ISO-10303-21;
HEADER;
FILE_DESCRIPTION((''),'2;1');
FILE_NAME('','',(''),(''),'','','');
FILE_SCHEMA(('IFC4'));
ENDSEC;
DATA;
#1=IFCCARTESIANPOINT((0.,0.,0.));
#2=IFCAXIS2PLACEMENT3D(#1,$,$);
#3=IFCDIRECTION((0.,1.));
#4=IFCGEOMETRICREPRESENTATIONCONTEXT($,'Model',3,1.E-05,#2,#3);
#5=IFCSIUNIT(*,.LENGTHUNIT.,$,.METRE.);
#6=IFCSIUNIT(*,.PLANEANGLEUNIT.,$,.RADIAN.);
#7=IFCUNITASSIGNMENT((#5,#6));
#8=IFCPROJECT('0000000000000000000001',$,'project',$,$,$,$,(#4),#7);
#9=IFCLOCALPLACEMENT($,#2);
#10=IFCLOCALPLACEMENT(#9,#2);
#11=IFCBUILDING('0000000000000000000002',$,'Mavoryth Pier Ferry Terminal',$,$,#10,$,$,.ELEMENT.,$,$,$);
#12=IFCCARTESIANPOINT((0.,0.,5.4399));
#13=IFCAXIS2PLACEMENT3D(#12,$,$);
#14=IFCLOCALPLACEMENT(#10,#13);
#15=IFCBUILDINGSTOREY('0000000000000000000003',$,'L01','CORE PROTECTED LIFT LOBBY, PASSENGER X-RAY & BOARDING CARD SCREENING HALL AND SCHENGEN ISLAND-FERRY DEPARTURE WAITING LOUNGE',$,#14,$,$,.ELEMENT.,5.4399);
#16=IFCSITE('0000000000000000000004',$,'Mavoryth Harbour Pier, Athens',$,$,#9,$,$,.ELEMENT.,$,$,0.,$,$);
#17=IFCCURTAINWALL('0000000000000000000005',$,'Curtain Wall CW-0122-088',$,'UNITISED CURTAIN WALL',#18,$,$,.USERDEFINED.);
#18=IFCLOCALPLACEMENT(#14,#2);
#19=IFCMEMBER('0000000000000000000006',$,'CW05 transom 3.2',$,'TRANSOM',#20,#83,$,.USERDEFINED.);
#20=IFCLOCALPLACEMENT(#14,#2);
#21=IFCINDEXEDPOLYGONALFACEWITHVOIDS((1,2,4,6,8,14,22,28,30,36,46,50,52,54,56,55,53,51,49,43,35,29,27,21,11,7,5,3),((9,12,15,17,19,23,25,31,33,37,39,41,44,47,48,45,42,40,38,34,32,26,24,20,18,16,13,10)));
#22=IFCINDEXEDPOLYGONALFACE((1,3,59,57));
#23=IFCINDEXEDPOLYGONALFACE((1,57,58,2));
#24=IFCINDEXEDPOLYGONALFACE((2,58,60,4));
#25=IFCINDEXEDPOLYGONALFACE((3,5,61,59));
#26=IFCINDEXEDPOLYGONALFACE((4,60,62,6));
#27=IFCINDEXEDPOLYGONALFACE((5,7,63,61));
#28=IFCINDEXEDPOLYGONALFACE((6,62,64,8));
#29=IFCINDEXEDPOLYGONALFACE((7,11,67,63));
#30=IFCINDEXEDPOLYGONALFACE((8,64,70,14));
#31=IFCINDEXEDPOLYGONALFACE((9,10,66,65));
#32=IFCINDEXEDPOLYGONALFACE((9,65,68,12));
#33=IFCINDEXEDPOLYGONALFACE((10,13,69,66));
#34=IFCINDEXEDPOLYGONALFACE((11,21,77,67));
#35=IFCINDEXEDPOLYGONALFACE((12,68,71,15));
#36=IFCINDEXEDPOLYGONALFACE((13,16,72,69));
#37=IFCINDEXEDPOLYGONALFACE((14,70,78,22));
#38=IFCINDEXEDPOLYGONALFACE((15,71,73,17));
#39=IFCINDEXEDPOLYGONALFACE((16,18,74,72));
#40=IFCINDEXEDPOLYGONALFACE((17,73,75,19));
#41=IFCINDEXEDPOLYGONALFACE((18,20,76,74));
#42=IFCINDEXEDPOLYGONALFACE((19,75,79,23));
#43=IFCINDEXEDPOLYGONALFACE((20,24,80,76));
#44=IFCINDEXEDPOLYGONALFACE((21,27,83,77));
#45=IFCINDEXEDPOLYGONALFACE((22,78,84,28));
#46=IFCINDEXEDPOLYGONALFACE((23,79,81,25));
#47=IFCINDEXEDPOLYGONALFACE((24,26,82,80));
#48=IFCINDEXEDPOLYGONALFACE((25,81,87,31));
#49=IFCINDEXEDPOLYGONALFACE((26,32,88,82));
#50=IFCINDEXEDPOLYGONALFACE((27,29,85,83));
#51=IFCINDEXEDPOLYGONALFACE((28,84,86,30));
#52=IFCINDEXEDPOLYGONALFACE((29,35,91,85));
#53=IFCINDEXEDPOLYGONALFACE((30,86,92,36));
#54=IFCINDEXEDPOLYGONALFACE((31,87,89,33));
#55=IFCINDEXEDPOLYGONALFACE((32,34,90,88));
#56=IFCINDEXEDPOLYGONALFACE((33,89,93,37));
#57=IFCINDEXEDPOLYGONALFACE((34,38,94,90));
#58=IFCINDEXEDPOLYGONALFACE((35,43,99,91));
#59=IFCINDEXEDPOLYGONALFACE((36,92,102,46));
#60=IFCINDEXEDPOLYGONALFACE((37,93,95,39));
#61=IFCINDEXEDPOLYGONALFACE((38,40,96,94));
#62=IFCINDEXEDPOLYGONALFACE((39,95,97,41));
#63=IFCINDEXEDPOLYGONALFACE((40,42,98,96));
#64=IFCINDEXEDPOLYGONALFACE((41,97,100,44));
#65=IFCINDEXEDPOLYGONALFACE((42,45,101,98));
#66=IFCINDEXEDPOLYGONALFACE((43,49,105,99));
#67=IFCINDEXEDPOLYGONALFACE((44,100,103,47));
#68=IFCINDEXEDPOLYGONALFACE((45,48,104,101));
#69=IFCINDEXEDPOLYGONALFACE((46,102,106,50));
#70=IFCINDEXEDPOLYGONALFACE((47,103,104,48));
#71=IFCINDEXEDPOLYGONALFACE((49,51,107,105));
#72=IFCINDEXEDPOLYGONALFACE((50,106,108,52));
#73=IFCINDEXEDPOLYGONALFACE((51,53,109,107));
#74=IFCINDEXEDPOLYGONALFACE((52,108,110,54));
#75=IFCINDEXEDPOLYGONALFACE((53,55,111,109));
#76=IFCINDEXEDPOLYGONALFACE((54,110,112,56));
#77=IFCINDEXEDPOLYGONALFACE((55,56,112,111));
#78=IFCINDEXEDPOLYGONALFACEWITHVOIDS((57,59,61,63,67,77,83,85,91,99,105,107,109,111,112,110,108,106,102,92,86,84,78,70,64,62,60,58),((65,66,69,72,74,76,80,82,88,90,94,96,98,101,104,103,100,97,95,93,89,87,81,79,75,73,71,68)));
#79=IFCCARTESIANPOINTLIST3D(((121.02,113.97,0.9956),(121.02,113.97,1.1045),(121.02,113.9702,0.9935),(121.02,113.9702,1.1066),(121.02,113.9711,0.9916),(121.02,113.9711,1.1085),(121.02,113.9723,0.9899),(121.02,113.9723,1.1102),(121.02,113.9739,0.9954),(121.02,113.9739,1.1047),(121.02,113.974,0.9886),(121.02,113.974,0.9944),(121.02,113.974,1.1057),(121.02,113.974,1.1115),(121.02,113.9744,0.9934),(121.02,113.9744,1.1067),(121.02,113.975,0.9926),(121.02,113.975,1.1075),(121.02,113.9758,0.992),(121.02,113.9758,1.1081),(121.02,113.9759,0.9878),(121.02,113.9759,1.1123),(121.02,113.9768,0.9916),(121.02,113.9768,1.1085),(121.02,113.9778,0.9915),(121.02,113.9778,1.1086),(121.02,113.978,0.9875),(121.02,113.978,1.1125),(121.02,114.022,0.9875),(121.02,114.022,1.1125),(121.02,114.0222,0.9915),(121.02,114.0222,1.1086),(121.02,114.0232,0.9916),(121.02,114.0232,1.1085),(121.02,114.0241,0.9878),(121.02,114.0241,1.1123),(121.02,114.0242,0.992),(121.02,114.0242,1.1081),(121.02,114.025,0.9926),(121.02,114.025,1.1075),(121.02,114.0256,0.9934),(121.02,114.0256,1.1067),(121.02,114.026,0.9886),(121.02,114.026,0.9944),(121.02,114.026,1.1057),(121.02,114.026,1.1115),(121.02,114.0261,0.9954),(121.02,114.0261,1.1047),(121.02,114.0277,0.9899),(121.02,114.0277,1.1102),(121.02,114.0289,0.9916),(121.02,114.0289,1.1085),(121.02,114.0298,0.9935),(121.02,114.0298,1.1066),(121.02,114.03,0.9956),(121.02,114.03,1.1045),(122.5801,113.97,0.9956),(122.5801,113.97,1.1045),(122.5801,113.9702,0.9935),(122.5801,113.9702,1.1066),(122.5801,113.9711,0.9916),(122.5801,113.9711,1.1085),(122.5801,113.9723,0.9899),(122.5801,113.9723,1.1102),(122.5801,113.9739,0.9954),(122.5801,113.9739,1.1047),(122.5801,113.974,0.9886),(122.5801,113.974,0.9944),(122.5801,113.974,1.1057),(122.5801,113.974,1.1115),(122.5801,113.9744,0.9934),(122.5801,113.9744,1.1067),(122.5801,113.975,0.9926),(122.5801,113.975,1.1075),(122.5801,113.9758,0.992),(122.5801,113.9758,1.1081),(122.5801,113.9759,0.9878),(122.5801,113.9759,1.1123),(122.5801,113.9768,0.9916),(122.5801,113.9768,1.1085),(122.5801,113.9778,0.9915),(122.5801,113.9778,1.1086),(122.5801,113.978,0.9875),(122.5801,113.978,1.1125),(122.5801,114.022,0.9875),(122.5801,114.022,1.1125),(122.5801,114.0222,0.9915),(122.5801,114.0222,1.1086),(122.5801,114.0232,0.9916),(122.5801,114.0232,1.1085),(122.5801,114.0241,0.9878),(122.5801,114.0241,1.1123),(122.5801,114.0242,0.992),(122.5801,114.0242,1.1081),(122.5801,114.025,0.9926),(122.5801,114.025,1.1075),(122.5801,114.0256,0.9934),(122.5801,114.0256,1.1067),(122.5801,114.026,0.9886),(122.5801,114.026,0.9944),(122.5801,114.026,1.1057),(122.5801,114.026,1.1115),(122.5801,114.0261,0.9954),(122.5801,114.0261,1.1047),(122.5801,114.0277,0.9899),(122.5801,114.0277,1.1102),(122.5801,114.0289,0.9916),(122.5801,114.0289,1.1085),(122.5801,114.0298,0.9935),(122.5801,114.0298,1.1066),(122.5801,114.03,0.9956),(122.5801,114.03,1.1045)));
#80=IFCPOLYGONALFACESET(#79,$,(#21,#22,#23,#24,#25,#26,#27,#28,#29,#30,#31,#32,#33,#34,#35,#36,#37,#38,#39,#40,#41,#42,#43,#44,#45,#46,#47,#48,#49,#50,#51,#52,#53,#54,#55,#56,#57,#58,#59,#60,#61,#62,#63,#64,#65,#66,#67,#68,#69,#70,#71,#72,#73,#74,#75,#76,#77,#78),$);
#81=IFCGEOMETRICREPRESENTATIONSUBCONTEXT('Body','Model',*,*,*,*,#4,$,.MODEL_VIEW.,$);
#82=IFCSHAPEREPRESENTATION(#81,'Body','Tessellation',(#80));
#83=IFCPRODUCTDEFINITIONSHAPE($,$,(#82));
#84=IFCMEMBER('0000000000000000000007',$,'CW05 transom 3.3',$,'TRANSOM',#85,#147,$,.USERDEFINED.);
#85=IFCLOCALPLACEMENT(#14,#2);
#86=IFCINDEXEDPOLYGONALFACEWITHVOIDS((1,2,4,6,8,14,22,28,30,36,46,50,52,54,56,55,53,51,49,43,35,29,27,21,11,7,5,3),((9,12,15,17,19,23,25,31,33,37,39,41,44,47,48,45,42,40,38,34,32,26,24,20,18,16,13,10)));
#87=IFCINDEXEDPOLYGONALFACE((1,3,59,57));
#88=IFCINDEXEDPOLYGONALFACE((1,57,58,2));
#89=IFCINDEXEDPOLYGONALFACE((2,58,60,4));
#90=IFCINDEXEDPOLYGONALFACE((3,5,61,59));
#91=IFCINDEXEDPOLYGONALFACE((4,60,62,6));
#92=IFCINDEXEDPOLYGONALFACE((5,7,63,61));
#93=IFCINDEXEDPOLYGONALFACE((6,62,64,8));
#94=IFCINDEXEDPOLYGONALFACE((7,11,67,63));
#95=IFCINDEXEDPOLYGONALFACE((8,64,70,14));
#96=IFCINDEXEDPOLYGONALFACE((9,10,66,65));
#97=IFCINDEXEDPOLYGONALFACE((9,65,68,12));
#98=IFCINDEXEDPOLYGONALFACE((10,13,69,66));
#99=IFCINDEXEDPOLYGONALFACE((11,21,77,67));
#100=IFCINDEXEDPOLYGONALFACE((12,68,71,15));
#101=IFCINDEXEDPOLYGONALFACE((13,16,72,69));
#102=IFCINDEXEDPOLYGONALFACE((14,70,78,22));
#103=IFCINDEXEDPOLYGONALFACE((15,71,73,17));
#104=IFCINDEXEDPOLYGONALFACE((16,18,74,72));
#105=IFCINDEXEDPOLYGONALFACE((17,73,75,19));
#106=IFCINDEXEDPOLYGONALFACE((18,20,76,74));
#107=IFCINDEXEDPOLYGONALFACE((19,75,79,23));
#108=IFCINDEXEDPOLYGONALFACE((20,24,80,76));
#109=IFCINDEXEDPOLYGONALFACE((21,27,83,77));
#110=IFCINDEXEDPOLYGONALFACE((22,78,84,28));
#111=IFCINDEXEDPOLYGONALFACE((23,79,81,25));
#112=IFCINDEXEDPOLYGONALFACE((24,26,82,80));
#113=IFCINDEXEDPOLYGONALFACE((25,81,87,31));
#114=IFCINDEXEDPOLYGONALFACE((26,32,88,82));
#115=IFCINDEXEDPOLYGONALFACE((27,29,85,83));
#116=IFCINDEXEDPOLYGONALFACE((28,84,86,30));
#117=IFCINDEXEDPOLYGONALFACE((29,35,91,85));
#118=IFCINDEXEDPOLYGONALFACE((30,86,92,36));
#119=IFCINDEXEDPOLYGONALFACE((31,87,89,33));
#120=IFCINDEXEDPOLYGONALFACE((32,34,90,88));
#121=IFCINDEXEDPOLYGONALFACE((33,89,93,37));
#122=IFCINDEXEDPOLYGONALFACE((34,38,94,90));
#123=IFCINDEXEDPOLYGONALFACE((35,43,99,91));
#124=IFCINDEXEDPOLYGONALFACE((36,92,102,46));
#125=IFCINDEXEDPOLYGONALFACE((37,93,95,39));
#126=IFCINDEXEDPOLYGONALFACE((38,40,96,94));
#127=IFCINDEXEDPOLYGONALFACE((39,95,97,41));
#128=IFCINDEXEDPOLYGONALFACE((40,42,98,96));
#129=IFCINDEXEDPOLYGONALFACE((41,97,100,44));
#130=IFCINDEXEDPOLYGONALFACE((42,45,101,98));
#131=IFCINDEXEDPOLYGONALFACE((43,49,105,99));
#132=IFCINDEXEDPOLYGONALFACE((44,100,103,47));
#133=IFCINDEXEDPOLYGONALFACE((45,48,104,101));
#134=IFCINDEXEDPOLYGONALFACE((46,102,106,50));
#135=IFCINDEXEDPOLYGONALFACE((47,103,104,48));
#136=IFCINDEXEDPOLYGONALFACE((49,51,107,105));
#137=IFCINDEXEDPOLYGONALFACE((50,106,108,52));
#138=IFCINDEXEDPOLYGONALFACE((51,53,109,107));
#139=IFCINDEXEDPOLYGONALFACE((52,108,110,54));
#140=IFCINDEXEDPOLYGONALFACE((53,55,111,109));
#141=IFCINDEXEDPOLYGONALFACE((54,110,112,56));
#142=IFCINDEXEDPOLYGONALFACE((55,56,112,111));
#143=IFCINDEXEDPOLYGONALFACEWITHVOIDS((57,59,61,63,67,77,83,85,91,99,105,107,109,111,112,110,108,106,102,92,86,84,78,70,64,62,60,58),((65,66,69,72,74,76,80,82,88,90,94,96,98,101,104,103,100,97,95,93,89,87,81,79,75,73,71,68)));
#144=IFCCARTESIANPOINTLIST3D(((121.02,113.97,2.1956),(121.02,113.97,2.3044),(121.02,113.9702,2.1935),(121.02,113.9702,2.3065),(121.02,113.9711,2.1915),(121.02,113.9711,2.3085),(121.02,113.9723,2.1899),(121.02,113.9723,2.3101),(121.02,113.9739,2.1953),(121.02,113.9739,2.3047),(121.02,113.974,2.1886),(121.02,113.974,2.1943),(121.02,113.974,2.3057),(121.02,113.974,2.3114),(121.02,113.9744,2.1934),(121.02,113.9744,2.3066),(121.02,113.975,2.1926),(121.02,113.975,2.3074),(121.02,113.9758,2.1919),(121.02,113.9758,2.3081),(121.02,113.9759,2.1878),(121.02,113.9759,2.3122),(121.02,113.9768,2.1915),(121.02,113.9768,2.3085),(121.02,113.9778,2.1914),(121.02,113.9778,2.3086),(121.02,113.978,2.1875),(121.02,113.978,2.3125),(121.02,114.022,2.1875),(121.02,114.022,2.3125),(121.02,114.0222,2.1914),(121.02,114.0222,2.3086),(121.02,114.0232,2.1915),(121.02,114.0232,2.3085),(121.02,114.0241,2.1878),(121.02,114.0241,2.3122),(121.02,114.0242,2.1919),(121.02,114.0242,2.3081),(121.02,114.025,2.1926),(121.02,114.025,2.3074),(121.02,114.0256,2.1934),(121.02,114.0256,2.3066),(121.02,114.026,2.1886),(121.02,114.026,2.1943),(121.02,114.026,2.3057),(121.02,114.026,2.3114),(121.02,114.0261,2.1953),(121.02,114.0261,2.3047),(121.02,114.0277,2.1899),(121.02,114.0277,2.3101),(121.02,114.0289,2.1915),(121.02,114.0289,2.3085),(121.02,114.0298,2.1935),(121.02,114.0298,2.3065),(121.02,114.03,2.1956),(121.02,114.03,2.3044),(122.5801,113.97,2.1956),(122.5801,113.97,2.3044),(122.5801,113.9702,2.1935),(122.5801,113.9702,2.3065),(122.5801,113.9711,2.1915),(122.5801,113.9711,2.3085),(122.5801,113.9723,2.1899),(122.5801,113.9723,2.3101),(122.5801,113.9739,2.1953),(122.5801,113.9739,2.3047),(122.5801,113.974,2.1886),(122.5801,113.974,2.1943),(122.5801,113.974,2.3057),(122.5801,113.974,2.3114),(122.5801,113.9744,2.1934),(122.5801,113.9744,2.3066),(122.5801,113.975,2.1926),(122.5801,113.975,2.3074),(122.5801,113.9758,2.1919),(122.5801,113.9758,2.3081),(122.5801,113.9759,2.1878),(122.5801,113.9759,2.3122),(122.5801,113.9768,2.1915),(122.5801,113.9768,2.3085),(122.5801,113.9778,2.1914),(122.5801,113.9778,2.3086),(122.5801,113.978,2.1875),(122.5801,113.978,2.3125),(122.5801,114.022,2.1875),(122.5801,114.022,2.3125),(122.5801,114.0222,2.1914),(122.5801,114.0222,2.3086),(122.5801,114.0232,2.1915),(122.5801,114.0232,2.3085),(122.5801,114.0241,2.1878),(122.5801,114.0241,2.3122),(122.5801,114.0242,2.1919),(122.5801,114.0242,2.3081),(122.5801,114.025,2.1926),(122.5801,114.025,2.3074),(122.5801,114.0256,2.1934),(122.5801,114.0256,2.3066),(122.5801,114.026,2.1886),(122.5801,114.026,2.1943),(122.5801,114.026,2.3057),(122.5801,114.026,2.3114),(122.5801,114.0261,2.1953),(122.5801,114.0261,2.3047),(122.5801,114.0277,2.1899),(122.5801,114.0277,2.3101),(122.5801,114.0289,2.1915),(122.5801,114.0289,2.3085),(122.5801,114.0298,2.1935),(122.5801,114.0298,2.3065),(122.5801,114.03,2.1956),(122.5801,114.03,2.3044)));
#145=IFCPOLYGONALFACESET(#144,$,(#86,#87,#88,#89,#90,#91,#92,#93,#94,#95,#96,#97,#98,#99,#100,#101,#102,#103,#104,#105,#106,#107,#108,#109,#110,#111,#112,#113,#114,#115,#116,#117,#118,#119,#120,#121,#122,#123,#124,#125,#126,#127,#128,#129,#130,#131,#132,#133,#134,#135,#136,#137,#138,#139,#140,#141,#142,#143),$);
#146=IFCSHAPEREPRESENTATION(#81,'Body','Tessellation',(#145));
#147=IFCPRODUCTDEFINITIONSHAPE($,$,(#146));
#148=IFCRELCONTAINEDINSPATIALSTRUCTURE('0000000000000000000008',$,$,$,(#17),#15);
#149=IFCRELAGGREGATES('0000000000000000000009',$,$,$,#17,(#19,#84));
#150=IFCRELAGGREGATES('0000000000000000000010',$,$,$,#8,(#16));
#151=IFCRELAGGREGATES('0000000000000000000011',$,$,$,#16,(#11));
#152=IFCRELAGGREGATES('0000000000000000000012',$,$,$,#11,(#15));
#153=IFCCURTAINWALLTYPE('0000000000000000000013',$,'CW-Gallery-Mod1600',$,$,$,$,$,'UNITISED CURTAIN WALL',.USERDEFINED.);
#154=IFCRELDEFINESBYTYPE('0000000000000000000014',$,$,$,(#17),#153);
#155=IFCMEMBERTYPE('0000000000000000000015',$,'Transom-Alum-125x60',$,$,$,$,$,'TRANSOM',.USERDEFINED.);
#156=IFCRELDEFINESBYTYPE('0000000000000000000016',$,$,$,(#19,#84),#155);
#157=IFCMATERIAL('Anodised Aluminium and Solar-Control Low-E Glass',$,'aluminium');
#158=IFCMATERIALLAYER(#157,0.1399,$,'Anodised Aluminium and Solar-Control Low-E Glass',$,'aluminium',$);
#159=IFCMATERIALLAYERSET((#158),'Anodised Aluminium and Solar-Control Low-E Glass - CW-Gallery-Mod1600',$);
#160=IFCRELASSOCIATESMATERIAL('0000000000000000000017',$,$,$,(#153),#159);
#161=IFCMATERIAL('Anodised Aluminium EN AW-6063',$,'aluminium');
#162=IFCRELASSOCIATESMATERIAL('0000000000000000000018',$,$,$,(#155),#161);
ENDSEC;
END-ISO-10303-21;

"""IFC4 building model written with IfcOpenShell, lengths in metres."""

from ifc_helpers import new_model, si_unit, direction, frame, origin, origin_2d, place, context, subcontext, project, spatial, hollow_rectangle, extrude, material, layer, layer_set, material_profile, profile_set, type_object, element, aggregate, save


model = new_model("IFC4")

# Units and contexts
model_context = context("Model", 3, precision=1e-05, world=origin(), true_north=direction((0.0, 1.0)))
body_context = subcontext(model_context, "Body", "Model", "MODEL_VIEW")
ifc_project = project(units=[si_unit("LENGTHUNIT", "METRE"), si_unit("PLANEANGLEUNIT", "RADIAN")], contexts=[model_context])

# Site, building, storey
site_placement = place(None, origin())
site = spatial("IfcSite", under=ifc_project, at=site_placement, Name="Mavoryth Harbour Pier, Athens", CompositionType="ELEMENT", RefElevation=0.0)
building_placement = place(site_placement, origin())
building = spatial("IfcBuilding", under=site, at=building_placement, Name="Mavoryth Pier Ferry Terminal", CompositionType="ELEMENT")
storey_placement = place(building_placement, frame((0.0, 0.0, 5.4399)))
storey = spatial("IfcBuildingStorey", under=building, at=storey_placement, Name="L01", Description="CORE PROTECTED LIFT LOBBY, PASSENGER X-RAY & BOARDING CARD SCREENING HALL AND SCHENGEN ISLAND-FERRY DEPARTURE WAITING LOUNGE", CompositionType="ELEMENT", Elevation=5.4399)

# Curtain wall, members
ifc_material_1 = material(Name="Anodised Aluminium and Solar-Control Low-E Glass", Category="aluminium")
ifc_layer_1 = layer(ifc_material_1, 0.1399, Name="Anodised Aluminium and Solar-Control Low-E Glass", Category="aluminium")
ifc_layer_set_1 = layer_set([ifc_layer_1], Name="Anodised Aluminium and Solar-Control Low-E Glass - CW-Gallery-Mod1600")
curtain_wall_type = type_object("IfcCurtainWallType", Name="CW-Gallery-Mod1600", ElementType="UNITISED CURTAIN WALL", PredefinedType="USERDEFINED", material=ifc_layer_set_1)
curtain_wall_placement = place(storey_placement, origin())
curtain_wall = element("IfcCurtainWall", 1, at=curtain_wall_placement, inside=storey, type_object=curtain_wall_type, Name="Curtain Wall CW-0122-088", ObjectType="UNITISED CURTAIN WALL", PredefinedType="USERDEFINED")
ifc_material_2 = material(Name="Anodised Aluminium EN AW-6063", Category="aluminium")
ifc_material_profile_1 = material_profile(ifc_material_2, hollow_rectangle(XDim=0.0601, YDim=0.125, WallThickness=0.0039, InnerFilletRadius=0.0039, OuterFilletRadius=0.0081, at=origin_2d()), Name="AL-TRAN 125x60x4", Category="aluminium")
ifc_profile_set_1 = profile_set([ifc_material_profile_1], Name="Anodised Aluminium EN AW-6063 - AL-TRAN 125x60x4")
member_type_1 = type_object("IfcMemberType", Name="Transom-Alum-125x60", ElementType="TRANSOM", PredefinedType="USERDEFINED", material=ifc_profile_set_1)
member_1_placement = place(storey_placement, frame((122.5801, 114.0, 1.05), z_axis=(-1.0, 0.0, 0.0), x_axis=(0.0, -1.0, 0.0)))
member_1 = element("IfcMember", 2, at=member_1_placement, type_object=member_type_1, Name="CW05 transom 3.2", ObjectType="TRANSOM", PredefinedType="USERDEFINED", context=body_context, shape_type="SweptSolid", body=[
    extrude(hollow_rectangle(XDim=0.0601, YDim=0.125, WallThickness=0.0039, InnerFilletRadius=0.0039, OuterFilletRadius=0.0081, at=origin_2d()), origin(), (0.0, 0.0, 1.0), 1.5601),
])
member_2_placement = place(storey_placement, frame((122.5801, 114.0, 2.25), z_axis=(-1.0, 0.0, 0.0), x_axis=(0.0, -1.0, 0.0)))
member_2 = element("IfcMember", 3, at=member_2_placement, type_object=member_type_1, Name="CW05 transom 3.3", ObjectType="TRANSOM", PredefinedType="USERDEFINED", context=body_context, shape_type="SweptSolid", body=[
    extrude(hollow_rectangle(XDim=0.0601, YDim=0.125, WallThickness=0.0039, InnerFilletRadius=0.0039, OuterFilletRadius=0.0081, at=origin_2d()), origin(), (0.0, 0.0, 1.0), 1.5601),
])
aggregate(curtain_wall, [member_1, member_2])

save(model, "model.ifc")
